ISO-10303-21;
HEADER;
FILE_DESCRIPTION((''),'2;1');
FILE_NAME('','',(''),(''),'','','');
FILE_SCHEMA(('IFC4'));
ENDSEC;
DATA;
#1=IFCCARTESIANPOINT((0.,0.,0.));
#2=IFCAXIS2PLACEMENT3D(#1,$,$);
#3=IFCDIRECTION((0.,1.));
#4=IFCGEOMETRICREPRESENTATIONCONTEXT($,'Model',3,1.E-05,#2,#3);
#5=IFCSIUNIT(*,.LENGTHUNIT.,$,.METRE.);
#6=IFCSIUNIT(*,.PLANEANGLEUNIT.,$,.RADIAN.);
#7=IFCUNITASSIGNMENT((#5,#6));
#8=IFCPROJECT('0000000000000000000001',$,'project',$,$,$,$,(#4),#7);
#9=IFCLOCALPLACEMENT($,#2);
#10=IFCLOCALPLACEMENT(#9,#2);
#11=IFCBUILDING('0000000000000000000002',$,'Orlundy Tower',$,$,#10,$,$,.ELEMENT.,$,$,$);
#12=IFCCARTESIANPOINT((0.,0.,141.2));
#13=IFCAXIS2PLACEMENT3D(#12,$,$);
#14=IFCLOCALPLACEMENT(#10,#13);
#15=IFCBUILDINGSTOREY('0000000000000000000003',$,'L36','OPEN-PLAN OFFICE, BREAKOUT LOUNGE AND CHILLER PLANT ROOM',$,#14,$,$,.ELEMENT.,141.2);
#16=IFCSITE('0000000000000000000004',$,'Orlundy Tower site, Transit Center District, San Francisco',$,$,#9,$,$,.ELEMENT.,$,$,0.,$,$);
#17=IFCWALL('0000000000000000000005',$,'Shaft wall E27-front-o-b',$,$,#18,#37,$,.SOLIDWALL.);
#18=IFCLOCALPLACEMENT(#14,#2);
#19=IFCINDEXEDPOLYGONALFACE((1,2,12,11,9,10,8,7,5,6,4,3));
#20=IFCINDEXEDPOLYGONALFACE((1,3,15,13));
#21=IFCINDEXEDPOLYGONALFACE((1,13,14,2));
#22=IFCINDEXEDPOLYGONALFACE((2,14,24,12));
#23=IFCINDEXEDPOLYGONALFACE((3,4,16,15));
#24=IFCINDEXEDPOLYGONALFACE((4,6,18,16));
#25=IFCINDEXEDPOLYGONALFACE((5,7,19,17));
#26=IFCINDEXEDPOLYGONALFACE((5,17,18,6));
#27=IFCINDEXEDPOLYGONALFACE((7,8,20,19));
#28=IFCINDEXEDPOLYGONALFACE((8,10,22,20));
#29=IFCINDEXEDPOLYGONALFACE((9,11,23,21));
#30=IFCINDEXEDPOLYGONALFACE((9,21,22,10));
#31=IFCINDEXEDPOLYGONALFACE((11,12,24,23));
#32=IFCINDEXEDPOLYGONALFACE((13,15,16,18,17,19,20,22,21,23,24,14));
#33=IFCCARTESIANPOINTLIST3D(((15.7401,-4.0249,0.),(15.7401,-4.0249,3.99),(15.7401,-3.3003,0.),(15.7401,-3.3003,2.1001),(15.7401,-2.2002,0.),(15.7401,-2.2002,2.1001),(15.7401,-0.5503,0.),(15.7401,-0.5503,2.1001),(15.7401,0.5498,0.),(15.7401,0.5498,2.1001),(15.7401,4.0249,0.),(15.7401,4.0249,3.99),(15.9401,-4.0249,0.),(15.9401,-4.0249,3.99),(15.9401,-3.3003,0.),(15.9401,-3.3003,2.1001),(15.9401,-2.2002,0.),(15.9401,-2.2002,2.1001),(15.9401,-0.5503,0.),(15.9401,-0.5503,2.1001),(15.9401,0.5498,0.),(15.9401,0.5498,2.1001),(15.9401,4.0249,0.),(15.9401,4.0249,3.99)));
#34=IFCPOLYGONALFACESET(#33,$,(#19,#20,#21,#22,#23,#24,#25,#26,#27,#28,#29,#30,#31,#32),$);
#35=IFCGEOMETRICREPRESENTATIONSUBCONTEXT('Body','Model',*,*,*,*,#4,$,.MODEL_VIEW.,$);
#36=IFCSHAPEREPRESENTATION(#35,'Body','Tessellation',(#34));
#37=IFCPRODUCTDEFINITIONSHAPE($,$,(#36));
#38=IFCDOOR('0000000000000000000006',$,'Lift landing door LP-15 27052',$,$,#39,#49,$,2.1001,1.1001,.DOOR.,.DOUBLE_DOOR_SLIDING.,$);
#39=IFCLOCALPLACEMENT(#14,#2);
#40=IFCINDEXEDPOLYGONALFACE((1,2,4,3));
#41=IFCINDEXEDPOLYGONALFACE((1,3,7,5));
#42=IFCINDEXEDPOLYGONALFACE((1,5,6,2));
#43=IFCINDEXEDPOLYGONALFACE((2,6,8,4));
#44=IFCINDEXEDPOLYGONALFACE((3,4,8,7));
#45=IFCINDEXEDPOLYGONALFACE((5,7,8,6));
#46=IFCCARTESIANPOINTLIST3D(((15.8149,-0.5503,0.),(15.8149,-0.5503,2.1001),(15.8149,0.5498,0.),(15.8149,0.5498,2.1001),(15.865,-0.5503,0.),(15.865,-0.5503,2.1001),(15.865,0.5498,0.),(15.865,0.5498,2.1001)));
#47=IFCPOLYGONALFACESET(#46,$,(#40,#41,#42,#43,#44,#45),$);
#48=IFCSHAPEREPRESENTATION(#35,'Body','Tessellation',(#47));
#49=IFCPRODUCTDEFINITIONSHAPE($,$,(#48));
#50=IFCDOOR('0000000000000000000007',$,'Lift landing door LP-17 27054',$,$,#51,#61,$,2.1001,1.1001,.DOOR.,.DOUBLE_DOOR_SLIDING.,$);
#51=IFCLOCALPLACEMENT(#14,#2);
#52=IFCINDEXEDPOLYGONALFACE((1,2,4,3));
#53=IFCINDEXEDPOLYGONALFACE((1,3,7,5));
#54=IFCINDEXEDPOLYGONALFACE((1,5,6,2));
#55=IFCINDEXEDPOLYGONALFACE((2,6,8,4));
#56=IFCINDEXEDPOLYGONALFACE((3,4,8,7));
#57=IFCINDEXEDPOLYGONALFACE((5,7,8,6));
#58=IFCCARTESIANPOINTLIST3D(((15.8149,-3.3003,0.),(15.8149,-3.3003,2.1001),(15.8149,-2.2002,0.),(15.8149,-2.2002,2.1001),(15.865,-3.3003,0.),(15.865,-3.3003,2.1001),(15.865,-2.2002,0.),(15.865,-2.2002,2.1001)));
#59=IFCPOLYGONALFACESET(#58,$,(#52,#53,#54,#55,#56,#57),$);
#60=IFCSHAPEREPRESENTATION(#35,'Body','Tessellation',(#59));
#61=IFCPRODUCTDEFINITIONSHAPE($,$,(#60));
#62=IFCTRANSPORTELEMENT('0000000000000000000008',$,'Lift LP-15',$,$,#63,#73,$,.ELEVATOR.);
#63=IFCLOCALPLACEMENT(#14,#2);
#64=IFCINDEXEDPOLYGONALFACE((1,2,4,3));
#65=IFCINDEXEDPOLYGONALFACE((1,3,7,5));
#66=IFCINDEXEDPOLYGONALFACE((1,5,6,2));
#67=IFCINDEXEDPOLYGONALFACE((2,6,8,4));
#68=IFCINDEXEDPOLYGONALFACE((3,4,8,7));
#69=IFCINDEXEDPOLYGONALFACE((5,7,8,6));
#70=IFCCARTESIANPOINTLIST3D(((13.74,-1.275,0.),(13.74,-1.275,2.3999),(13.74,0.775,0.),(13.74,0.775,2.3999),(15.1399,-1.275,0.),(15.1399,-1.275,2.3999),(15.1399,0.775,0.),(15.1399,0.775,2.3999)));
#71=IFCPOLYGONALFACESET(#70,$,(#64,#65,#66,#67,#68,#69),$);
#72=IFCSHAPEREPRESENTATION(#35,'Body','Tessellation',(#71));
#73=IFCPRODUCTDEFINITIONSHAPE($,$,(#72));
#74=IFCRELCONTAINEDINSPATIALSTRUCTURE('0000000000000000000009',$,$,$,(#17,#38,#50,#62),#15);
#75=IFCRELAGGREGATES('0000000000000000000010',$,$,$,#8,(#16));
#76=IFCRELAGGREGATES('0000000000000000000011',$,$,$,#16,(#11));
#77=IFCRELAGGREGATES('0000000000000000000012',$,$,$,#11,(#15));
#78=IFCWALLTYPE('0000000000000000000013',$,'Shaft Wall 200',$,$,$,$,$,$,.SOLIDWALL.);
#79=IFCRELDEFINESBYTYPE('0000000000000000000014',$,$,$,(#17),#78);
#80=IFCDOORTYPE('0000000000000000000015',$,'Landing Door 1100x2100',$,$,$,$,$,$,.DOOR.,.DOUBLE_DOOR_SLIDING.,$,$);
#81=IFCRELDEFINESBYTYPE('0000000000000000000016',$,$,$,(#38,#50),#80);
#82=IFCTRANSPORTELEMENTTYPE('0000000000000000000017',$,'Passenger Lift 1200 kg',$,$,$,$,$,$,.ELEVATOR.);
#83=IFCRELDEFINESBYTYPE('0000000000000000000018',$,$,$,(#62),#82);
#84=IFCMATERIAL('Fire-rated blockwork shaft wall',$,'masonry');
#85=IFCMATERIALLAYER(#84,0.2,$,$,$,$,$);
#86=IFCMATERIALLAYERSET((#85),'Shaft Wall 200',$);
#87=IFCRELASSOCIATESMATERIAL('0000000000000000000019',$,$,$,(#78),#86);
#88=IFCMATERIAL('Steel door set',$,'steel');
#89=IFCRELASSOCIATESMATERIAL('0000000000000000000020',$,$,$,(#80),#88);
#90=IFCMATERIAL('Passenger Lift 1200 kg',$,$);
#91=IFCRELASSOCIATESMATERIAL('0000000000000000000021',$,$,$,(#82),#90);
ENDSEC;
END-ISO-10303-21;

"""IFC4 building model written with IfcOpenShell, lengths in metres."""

from ifc_helpers import new_model, si_unit, direction, frame, frame_2d, origin, origin_2d, place, context, subcontext, project, spatial, rectangle, extrude, material, layer, layer_set, type_object, element, fill, save


model = new_model("IFC4")

# Units and contexts
model_context = context("Model", 3, precision=1e-05, world=origin(), true_north=direction((0.0, 1.0)))
body_context = subcontext(model_context, "Body", "Model", "MODEL_VIEW")
ifc_project = project(units=[si_unit("LENGTHUNIT", "METRE"), si_unit("PLANEANGLEUNIT", "RADIAN")], contexts=[model_context])

# Site, building, storey
site_placement = place(None, origin())
site = spatial("IfcSite", under=ifc_project, at=site_placement, Name="Orlundy Tower site, Transit Center District, San Francisco", CompositionType="ELEMENT", RefElevation=0.0)
building_placement = place(site_placement, origin())
building = spatial("IfcBuilding", under=site, at=building_placement, Name="Orlundy Tower", CompositionType="ELEMENT")
storey_placement = place(building_placement, frame((0.0, 0.0, 141.2)))
storey = spatial("IfcBuildingStorey", under=building, at=storey_placement, Name="L36", Description="OPEN-PLAN OFFICE, BREAKOUT LOUNGE AND CHILLER PLANT ROOM", CompositionType="ELEMENT", Elevation=141.2)

# Shared definitions
ifc_material_1 = material(Name="Fire-rated blockwork shaft wall", Category="masonry")
ifc_layer_1 = layer(ifc_material_1, 0.2)
ifc_layer_set_1 = layer_set([ifc_layer_1], Name="Shaft Wall 200")
wall_type_1 = type_object("IfcWallType", Name="Shaft Wall 200", PredefinedType="SOLIDWALL", material=ifc_layer_set_1)

# Shared definitions
ifc_material_2 = material(Name="Steel door set", Category="steel")
door_type_1 = type_object("IfcDoorType", Name="Landing Door 1100x2100", OperationType="DOUBLE_DOOR_SLIDING", PredefinedType="DOOR", material=ifc_material_2)

# Wall, openings, doors
wall_1_placement = place(storey_placement, frame((15.8401, 4.0249, 0.0), z_axis=(0.0, 0.0, 1.0), x_axis=(0.0, -1.0, 0.0)))
wall_1 = element("IfcWall", 1, at=wall_1_placement, inside=storey, type_object=wall_type_1, Name="Shaft wall E27-front-o-b", PredefinedType="SOLIDWALL", context=body_context, shape_type="SweptSolid", body=[
    extrude(rectangle(XDim=8.0498, YDim=0.2, at=frame_2d((4.0249, 0.0))), origin(), (0.0, 0.0, 1.0), 3.99),
])
opening_1_placement = place(wall_1_placement, frame((3.4751, 0.0, 0.0)))
opening_1 = element("IfcOpeningElement", 2, at=opening_1_placement, cuts=wall_1, PredefinedType="OPENING", context=body_context, shape_type="SweptSolid", body=[
    extrude(rectangle(XDim=1.1001, YDim=2.1001, at=frame_2d((0.55, 1.05))), frame((0.0, 0.1101, 0.0), z_axis=(0.0, -1.0, 0.0), x_axis=(1.0, 0.0, 0.0)), (0.0, 0.0, 1.0), 0.2202),
])
opening_2_placement = place(wall_1_placement, frame((6.2251, 0.0, 0.0)))
opening_2 = element("IfcOpeningElement", 3, at=opening_2_placement, cuts=wall_1, PredefinedType="OPENING", context=body_context, shape_type="SweptSolid", body=[
    extrude(rectangle(XDim=1.1001, YDim=2.1001, at=frame_2d((0.55, 1.05))), frame((0.0, 0.1101, 0.0), z_axis=(0.0, -1.0, 0.0), x_axis=(1.0, 0.0, 0.0)), (0.0, 0.0, 1.0), 0.2202),
])
door_1_placement = place(opening_1_placement, origin())
door_1 = element("IfcDoor", 4, at=door_1_placement, inside=storey, type_object=door_type_1, Name="Lift landing door LP-15 27052", OperationType="DOUBLE_DOOR_SLIDING", OverallHeight=2.1001, OverallWidth=1.1001, PredefinedType="DOOR", context=body_context, shape_type="SweptSolid", body=[
    extrude(rectangle(XDim=1.1001, YDim=2.1001, at=frame_2d((0.55, 1.05))), frame((0.0, 0.0249, 0.0), z_axis=(0.0, -1.0, 0.0), x_axis=(1.0, 0.0, 0.0)), (0.0, 0.0, 1.0), 0.05),
])
fill(opening_1, door_1)
door_2_placement = place(opening_2_placement, origin())
door_2 = element("IfcDoor", 5, at=door_2_placement, inside=storey, type_object=door_type_1, Name="Lift landing door LP-17 27054", OperationType="DOUBLE_DOOR_SLIDING", OverallHeight=2.1001, OverallWidth=1.1001, PredefinedType="DOOR", context=body_context, shape_type="SweptSolid", body=[
    extrude(rectangle(XDim=1.1001, YDim=2.1001, at=frame_2d((0.55, 1.05))), frame((0.0, 0.0249, 0.0), z_axis=(0.0, -1.0, 0.0), x_axis=(1.0, 0.0, 0.0)), (0.0, 0.0, 1.0), 0.05),
])
fill(opening_2, door_2)

# Transport element
ifc_material_3 = material(Name="Passenger Lift 1200 kg")
transport_element_type = type_object("IfcTransportElementType", Name="Passenger Lift 1200 kg", PredefinedType="ELEVATOR", material=ifc_material_3)
transport_element_placement = place(storey_placement, frame((14.4399, -0.25, 0.0), z_axis=(0.0, 0.0, 1.0), x_axis=(1.0, 0.0, 0.0)))
element("IfcTransportElement", 6, at=transport_element_placement, inside=storey, type_object=transport_element_type, Name="Lift LP-15", PredefinedType="ELEVATOR", context=body_context, shape_type="SweptSolid", body=[
    extrude(rectangle(XDim=1.3999, YDim=2.05, at=origin_2d()), origin(), (0.0, 0.0, 1.0), 2.3999),
])

save(model, "model.ifc")
